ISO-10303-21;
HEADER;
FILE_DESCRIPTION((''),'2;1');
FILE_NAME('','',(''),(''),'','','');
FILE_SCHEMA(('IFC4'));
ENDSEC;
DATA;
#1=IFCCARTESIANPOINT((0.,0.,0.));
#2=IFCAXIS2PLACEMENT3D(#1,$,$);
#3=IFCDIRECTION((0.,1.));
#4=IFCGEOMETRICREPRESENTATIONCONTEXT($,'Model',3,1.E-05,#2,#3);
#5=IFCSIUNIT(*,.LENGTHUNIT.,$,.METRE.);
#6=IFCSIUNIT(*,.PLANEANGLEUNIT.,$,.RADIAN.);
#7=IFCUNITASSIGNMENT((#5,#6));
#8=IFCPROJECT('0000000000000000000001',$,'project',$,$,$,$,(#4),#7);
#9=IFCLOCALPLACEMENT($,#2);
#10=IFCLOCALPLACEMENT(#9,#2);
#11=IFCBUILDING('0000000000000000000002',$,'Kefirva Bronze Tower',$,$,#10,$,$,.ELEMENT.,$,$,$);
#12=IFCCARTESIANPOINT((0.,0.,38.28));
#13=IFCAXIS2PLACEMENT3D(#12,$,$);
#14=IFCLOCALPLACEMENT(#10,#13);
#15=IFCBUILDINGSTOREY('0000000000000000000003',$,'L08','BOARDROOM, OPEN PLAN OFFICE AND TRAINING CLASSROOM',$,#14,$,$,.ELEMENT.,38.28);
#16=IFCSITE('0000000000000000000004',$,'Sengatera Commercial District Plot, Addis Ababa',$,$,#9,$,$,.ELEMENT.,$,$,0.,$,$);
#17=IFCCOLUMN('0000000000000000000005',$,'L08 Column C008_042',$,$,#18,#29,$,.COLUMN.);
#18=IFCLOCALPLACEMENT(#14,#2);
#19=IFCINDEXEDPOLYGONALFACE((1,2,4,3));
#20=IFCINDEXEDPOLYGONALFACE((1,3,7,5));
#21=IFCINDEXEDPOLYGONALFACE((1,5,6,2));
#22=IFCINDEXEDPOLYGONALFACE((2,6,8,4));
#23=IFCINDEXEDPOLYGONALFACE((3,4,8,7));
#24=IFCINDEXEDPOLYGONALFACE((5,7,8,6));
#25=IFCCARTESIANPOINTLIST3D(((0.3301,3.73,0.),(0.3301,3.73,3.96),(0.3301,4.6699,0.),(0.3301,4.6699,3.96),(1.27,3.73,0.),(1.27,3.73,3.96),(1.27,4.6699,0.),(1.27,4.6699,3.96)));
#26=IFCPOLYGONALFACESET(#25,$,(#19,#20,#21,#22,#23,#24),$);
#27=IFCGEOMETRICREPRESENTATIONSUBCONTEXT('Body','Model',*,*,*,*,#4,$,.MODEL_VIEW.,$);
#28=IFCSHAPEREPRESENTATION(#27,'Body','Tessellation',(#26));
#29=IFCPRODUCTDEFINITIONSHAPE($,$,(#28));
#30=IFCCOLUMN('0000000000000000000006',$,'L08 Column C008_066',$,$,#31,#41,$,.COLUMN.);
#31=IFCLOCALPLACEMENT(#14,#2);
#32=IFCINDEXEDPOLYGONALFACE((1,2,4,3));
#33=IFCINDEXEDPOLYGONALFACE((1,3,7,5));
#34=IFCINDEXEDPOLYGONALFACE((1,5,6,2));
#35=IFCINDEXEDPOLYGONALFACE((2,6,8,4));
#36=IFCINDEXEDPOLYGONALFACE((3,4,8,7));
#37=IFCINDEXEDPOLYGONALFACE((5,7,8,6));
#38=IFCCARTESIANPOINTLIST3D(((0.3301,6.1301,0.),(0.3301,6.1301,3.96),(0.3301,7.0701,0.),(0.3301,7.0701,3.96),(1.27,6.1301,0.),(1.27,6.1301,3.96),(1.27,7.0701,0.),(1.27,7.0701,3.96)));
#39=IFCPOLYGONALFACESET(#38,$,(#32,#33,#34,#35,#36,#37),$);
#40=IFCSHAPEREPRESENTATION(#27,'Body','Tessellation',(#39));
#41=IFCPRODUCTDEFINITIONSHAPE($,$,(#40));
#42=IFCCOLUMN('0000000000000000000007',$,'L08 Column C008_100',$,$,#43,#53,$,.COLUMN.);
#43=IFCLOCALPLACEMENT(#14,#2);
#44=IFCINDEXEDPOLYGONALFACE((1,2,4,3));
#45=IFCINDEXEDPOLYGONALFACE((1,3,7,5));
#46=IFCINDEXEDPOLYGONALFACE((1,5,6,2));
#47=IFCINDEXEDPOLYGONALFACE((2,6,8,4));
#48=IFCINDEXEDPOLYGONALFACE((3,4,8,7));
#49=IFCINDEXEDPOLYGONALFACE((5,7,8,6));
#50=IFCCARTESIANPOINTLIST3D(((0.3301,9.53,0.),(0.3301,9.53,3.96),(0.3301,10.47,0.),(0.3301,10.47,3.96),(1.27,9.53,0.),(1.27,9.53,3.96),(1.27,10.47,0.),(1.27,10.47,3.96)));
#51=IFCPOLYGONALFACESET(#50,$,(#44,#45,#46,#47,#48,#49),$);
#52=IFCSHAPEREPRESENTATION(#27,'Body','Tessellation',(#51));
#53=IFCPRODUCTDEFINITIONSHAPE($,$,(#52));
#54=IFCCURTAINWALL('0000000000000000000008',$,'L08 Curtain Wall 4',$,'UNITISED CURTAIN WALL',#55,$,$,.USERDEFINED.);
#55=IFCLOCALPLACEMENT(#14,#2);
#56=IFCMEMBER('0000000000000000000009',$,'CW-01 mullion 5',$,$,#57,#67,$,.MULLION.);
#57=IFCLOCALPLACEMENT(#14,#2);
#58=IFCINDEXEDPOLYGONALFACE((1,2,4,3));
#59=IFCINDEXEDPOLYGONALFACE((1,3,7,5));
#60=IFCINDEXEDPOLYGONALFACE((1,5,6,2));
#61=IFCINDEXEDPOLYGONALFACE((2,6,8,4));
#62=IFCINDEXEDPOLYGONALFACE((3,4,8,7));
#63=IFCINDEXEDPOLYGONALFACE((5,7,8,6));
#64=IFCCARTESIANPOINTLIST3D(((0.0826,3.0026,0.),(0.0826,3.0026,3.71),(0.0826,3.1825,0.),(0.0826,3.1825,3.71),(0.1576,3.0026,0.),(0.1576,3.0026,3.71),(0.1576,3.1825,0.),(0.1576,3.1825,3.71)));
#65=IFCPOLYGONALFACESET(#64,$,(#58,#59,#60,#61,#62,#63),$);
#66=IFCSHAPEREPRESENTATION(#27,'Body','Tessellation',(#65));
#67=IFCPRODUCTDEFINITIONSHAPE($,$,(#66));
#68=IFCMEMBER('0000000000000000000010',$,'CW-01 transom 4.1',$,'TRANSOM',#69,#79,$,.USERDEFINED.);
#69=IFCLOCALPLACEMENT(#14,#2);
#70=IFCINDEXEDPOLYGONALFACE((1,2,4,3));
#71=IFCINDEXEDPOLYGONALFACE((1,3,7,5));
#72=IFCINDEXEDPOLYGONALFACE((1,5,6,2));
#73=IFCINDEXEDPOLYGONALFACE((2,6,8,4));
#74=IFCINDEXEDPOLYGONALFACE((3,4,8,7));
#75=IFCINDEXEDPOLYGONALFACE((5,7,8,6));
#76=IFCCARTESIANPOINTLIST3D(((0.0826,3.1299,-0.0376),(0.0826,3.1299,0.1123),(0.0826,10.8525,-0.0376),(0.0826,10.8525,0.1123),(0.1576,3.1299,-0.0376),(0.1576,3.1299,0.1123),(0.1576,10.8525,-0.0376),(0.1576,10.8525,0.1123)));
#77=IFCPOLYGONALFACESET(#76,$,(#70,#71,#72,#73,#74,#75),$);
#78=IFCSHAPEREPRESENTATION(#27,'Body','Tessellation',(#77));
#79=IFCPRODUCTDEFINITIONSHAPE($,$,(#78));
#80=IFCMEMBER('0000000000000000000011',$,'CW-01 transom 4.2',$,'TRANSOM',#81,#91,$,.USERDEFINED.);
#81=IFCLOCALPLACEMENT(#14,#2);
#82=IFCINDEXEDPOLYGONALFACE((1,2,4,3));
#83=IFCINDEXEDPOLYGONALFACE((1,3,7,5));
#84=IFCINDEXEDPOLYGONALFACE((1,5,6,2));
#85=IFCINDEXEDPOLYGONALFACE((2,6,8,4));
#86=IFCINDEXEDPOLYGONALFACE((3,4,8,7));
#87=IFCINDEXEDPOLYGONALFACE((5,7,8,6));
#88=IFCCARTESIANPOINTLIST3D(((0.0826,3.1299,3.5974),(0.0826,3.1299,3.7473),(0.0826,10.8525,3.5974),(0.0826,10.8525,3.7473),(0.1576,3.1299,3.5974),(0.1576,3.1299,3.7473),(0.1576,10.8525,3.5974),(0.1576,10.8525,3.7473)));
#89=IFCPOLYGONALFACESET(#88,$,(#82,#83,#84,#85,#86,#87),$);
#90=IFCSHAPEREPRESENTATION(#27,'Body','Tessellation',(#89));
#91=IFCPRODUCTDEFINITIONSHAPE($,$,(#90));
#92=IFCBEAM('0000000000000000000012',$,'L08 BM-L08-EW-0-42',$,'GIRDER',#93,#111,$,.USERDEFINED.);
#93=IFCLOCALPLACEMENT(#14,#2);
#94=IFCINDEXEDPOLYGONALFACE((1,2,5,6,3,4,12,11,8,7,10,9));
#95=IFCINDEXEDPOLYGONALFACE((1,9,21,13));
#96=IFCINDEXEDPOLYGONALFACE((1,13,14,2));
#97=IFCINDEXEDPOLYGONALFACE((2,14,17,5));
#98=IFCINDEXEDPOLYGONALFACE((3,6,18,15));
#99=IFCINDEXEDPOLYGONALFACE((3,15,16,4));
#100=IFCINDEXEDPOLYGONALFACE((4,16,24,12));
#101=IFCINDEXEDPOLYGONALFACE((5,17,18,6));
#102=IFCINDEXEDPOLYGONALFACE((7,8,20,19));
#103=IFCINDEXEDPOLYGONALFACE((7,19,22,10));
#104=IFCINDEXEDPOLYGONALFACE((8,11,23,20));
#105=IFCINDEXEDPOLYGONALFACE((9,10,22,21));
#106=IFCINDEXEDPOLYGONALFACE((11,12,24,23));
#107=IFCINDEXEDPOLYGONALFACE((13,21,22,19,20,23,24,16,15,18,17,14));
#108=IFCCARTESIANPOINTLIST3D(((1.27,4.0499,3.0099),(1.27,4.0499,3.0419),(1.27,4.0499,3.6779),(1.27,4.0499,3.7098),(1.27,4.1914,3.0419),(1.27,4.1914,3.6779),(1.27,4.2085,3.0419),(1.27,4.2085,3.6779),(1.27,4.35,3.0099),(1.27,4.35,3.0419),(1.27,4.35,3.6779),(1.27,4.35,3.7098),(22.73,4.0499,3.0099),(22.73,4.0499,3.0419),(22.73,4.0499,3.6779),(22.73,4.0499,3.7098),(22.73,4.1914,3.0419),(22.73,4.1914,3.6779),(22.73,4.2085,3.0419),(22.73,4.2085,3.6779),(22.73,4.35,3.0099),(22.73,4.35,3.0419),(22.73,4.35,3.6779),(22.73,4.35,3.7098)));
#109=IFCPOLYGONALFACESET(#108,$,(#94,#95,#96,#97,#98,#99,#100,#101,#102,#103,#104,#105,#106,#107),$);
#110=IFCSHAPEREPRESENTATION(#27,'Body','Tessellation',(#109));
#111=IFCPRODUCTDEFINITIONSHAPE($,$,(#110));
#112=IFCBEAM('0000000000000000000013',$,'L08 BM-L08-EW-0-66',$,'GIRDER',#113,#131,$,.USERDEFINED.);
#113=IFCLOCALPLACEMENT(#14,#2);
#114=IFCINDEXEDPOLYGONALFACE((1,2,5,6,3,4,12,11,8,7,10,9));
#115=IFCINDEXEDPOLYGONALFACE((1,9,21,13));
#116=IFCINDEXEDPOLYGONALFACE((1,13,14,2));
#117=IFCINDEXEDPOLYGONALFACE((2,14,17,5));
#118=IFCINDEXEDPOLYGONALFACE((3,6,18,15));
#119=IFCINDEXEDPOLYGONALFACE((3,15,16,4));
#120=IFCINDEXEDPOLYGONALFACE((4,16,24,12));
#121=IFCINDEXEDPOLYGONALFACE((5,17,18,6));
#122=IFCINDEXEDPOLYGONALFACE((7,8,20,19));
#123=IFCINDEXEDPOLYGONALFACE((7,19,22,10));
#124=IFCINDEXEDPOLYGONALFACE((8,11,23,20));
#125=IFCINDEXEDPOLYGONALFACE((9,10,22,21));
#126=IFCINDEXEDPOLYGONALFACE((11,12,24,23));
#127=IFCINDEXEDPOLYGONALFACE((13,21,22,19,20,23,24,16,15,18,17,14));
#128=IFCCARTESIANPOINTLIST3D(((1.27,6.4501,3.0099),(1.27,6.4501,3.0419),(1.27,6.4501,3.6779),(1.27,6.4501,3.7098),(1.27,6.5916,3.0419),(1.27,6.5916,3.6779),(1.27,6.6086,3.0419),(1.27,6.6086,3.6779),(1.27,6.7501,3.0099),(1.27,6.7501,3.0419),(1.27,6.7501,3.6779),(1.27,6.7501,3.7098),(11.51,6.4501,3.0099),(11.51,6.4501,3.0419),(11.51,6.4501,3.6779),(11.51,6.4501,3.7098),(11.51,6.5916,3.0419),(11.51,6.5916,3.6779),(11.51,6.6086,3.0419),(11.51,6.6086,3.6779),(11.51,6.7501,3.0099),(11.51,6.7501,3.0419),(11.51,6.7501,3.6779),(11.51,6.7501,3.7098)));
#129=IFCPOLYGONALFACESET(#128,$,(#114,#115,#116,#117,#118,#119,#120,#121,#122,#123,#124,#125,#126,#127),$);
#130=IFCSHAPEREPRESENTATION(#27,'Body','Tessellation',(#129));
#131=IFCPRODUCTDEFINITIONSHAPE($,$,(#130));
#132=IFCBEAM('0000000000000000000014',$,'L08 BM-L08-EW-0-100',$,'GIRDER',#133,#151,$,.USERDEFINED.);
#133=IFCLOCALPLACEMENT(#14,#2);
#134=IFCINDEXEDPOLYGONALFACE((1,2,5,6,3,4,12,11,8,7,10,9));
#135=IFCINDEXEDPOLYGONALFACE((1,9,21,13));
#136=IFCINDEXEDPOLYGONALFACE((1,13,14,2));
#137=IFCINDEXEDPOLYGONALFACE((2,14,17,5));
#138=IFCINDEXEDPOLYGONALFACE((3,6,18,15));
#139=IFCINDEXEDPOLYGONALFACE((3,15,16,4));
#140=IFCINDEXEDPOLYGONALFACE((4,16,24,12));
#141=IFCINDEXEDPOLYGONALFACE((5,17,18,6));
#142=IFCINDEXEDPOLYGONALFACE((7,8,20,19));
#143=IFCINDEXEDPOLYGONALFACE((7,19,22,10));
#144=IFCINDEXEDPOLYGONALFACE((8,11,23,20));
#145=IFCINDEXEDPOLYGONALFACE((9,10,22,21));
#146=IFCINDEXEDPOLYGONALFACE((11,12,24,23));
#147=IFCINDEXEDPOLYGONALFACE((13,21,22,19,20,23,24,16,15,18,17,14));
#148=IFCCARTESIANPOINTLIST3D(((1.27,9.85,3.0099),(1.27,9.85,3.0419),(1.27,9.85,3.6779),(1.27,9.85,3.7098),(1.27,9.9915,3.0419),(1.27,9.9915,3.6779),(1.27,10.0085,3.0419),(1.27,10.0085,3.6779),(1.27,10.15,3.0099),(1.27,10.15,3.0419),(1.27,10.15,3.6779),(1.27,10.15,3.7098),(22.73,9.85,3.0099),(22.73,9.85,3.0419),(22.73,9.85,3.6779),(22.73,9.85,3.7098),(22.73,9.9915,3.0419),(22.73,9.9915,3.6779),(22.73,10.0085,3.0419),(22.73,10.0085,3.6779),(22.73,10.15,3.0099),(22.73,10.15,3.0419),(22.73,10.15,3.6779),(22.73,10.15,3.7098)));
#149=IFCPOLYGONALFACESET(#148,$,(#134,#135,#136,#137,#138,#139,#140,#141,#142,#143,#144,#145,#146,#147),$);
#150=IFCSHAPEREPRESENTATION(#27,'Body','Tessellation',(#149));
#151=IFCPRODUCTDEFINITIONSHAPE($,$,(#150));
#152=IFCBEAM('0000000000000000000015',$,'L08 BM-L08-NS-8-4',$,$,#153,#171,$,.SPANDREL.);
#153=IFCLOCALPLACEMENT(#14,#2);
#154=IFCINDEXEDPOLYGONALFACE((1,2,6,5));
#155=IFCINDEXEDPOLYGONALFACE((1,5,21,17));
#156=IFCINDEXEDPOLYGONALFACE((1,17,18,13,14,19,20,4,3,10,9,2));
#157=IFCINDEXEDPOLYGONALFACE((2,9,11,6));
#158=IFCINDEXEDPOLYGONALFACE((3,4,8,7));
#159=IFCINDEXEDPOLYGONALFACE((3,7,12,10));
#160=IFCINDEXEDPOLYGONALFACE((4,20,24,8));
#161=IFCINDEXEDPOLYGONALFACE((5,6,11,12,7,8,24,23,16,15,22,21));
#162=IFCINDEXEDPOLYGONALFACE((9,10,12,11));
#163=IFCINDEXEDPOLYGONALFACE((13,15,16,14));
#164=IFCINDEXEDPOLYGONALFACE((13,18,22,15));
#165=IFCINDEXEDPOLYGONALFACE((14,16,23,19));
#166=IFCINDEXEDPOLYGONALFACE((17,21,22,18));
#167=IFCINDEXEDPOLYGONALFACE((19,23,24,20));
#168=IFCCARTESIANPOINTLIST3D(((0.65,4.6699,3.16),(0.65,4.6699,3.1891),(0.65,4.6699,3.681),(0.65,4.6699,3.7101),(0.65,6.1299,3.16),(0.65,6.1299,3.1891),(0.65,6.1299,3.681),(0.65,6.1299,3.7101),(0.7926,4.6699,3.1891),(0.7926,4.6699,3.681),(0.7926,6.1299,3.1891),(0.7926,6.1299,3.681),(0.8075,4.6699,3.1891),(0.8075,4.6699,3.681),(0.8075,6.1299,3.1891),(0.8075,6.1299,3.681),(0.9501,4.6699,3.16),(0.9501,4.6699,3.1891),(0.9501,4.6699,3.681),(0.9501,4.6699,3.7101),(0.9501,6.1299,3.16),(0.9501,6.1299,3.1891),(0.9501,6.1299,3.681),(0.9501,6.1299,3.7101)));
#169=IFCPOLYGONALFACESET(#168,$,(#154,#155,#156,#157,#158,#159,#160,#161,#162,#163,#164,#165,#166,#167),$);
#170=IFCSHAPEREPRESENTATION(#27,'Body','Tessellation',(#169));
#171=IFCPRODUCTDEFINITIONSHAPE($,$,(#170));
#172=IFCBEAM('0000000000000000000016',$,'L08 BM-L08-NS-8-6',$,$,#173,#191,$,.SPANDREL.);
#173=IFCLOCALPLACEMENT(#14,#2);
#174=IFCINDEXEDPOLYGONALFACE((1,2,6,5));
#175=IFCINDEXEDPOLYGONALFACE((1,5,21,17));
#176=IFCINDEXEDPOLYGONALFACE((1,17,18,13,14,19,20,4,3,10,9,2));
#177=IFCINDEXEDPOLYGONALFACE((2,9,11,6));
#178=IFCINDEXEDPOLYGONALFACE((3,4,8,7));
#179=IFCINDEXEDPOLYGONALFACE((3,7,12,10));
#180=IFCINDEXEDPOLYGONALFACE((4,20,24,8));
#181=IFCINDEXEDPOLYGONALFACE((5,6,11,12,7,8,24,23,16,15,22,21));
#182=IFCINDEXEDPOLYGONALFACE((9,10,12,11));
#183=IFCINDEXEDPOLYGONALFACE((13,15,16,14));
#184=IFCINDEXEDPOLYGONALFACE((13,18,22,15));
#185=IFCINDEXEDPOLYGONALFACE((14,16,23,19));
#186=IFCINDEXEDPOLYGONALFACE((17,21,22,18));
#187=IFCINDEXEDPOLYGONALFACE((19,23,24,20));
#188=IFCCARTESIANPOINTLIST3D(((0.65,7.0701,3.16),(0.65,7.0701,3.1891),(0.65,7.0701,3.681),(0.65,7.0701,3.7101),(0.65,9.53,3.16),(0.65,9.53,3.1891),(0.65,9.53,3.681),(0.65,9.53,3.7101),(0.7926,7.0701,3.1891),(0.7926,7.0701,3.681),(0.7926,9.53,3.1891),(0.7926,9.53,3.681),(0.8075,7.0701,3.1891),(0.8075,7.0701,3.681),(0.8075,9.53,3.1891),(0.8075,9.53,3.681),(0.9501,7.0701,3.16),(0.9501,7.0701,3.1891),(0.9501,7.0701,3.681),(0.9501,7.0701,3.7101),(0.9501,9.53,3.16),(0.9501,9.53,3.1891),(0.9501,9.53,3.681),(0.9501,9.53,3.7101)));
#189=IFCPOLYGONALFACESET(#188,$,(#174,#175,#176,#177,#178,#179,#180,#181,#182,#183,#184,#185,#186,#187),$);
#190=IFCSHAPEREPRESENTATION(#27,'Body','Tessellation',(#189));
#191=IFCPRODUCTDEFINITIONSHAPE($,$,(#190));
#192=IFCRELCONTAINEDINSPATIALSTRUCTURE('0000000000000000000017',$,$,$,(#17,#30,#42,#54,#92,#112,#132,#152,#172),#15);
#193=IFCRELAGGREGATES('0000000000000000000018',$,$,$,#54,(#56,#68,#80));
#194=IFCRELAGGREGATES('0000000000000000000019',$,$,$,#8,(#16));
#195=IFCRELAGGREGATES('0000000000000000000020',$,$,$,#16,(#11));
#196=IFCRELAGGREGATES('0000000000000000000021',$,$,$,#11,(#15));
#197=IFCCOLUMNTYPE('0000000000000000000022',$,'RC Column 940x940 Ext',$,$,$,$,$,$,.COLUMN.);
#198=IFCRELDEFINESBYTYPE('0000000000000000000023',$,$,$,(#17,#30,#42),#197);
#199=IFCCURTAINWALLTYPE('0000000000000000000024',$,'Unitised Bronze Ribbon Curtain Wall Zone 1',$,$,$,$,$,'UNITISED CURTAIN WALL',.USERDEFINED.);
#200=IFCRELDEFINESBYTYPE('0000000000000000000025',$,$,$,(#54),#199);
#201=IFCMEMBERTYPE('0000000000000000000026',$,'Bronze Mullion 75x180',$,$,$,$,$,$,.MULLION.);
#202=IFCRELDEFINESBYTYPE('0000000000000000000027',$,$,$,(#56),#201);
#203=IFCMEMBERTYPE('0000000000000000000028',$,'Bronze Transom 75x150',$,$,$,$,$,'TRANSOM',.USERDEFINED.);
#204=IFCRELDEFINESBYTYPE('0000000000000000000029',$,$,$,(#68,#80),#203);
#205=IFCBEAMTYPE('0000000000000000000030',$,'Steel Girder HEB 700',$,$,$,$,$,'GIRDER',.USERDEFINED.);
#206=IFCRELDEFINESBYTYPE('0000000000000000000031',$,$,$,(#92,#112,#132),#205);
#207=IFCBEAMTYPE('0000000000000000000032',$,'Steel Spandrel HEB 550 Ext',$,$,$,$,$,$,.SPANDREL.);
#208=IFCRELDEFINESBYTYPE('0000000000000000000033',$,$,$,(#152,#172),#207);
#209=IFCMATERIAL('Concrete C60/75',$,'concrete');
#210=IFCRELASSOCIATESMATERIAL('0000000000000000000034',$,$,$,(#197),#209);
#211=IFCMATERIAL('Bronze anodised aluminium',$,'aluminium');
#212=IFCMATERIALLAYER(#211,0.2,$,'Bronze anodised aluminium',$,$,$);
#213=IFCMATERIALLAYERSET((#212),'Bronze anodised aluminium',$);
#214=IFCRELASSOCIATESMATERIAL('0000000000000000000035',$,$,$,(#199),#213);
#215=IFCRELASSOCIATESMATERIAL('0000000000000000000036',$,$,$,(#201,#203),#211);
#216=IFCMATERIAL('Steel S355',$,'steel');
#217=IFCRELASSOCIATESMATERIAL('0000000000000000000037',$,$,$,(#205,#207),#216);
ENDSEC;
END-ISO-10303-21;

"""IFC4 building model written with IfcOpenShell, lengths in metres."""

from ifc_helpers import new_model, si_unit, direction, frame, origin, origin_2d, place, context, subcontext, project, spatial, rectangle, i_section, extrude, material, layer, layer_set, material_profile, profile_set, type_object, element, aggregate, save


model = new_model("IFC4")

# Units and contexts
model_context = context("Model", 3, precision=1e-05, world=origin(), true_north=direction((0.0, 1.0)))
body_context = subcontext(model_context, "Body", "Model", "MODEL_VIEW")
ifc_project = project(units=[si_unit("LENGTHUNIT", "METRE"), si_unit("PLANEANGLEUNIT", "RADIAN")], contexts=[model_context])

# Site, building, storey
site_placement = place(None, origin())
site = spatial("IfcSite", under=ifc_project, at=site_placement, Name="Sengatera Commercial District Plot, Addis Ababa", CompositionType="ELEMENT", RefElevation=0.0)
building_placement = place(site_placement, origin())
building = spatial("IfcBuilding", under=site, at=building_placement, Name="Kefirva Bronze Tower", CompositionType="ELEMENT")
storey_placement = place(building_placement, frame((0.0, 0.0, 38.28)))
storey = spatial("IfcBuildingStorey", under=building, at=storey_placement, Name="L08", Description="BOARDROOM, OPEN PLAN OFFICE AND TRAINING CLASSROOM", CompositionType="ELEMENT", Elevation=38.28)

# Columns
ifc_material_1 = material(Name="Concrete C60/75", Category="concrete")
ifc_material_profile_1 = material_profile(ifc_material_1, rectangle(XDim=0.9399, YDim=0.9399, at=origin_2d()), Name="RC 940x940")
ifc_profile_set_1 = profile_set([ifc_material_profile_1], Name="Concrete C60/75")
column_type = type_object("IfcColumnType", Name="RC Column 940x940 Ext", PredefinedType="COLUMN", material=ifc_profile_set_1)
for number, where, z_axis, x_axis, name in (
    (1, (0.8, 4.2, 0.0), (0.0, 0.0, 1.0), (1.0, 0.0, 0.0), "L08 Column C008_042"),
    (2, (0.8, 6.6001, 0.0), (0.0, 0.0, 1.0), (1.0, 0.0, 0.0), "L08 Column C008_066"),
    (3, (0.8, 10.0, 0.0), (0.0, 0.0, 1.0), (1.0, 0.0, 0.0), "L08 Column C008_100"),
):
    element("IfcColumn", number, at=place(storey_placement, frame(where, z_axis=z_axis, x_axis=x_axis)), inside=storey, type_object=column_type, Name=name, PredefinedType="COLUMN", context=body_context, shape_type="SweptSolid", body=[
        extrude(rectangle(XDim=0.9399, YDim=0.9399, at=origin_2d()), origin(), (0.0, 0.0, 1.0), 3.96),
    ])

# Curtain wall, members
ifc_material_2 = material(Name="Bronze anodised aluminium", Category="aluminium")
ifc_layer_1 = layer(ifc_material_2, 0.2, Name="Bronze anodised aluminium")
ifc_layer_set_1 = layer_set([ifc_layer_1], Name="Bronze anodised aluminium")
curtain_wall_type = type_object("IfcCurtainWallType", Name="Unitised Bronze Ribbon Curtain Wall Zone 1", ElementType="UNITISED CURTAIN WALL", PredefinedType="USERDEFINED", material=ifc_layer_set_1)
curtain_wall_placement = place(storey_placement, origin())
curtain_wall = element("IfcCurtainWall", 4, at=curtain_wall_placement, inside=storey, type_object=curtain_wall_type, Name="L08 Curtain Wall 4", ObjectType="UNITISED CURTAIN WALL", PredefinedType="USERDEFINED")
ifc_material_profile_2 = material_profile(ifc_material_2, rectangle(XDim=0.075, YDim=0.1799, at=origin_2d()), Name="ALU 75x180")
ifc_profile_set_2 = profile_set([ifc_material_profile_2], Name="Bronze anodised aluminium")
member_type_1 = type_object("IfcMemberType", Name="Bronze Mullion 75x180", PredefinedType="MULLION", material=ifc_profile_set_2)
member_1_placement = place(storey_placement, frame((0.1201, 3.0925, 0.0), z_axis=(0.0, 0.0, 1.0), x_axis=(1.0, 0.0, 0.0)))
member_1 = element("IfcMember", 5, at=member_1_placement, type_object=member_type_1, Name="CW-01 mullion 5", PredefinedType="MULLION", context=body_context, shape_type="SweptSolid", body=[
    extrude(rectangle(XDim=0.075, YDim=0.1799, at=origin_2d()), origin(), (0.0, 0.0, 1.0), 3.71),
])
ifc_material_profile_3 = material_profile(ifc_material_2, rectangle(XDim=0.075, YDim=0.1499, at=origin_2d()), Name="ALU 75x150")
ifc_profile_set_3 = profile_set([ifc_material_profile_3], Name="Bronze anodised aluminium")
member_type_2 = type_object("IfcMemberType", Name="Bronze Transom 75x150", ElementType="TRANSOM", PredefinedType="USERDEFINED", material=ifc_profile_set_3)
member_2_placement = place(storey_placement, frame((0.1201, 10.8525, 0.0374), z_axis=(0.0, -1.0, 0.0), x_axis=(1.0, 0.0, 0.0)))
member_2 = element("IfcMember", 6, at=member_2_placement, type_object=member_type_2, Name="CW-01 transom 4.1", ObjectType="TRANSOM", PredefinedType="USERDEFINED", context=body_context, shape_type="SweptSolid", body=[
    extrude(rectangle(XDim=0.075, YDim=0.1499, at=origin_2d()), origin(), (0.0, 0.0, 1.0), 7.7227),
])
member_3_placement = place(storey_placement, frame((0.1201, 10.8525, 3.6724), z_axis=(0.0, -1.0, 0.0), x_axis=(1.0, 0.0, 0.0)))
member_3 = element("IfcMember", 7, at=member_3_placement, type_object=member_type_2, Name="CW-01 transom 4.2", ObjectType="TRANSOM", PredefinedType="USERDEFINED", context=body_context, shape_type="SweptSolid", body=[
    extrude(rectangle(XDim=0.075, YDim=0.1499, at=origin_2d()), origin(), (0.0, 0.0, 1.0), 7.7227),
])

# Beams
ifc_material_3 = material(Name="Steel S355", Category="steel")
ifc_material_profile_4 = material_profile(ifc_material_3, i_section(OverallWidth=0.3, OverallDepth=0.7, WebThickness=0.0171, FlangeThickness=0.032, at=origin_2d()), Name="HEB 700")
ifc_profile_set_4 = profile_set([ifc_material_profile_4], Name="Steel S355")
beam_type_1 = type_object("IfcBeamType", Name="Steel Girder HEB 700", ElementType="GIRDER", PredefinedType="USERDEFINED", material=ifc_profile_set_4)
beam_1_placement = place(storey_placement, frame((1.27, 4.2, 3.3599), z_axis=(1.0, 0.0, 0.0), x_axis=(0.0, 1.0, 0.0)))
element("IfcBeam", 8, at=beam_1_placement, inside=storey, type_object=beam_type_1, Name="L08 BM-L08-EW-0-42", ObjectType="GIRDER", PredefinedType="USERDEFINED", context=body_context, shape_type="SweptSolid", body=[
    extrude(i_section(OverallWidth=0.3, OverallDepth=0.7, WebThickness=0.0171, FlangeThickness=0.032, at=origin_2d()), origin(), (0.0, 0.0, 1.0), 21.46),
])
beam_2_placement = place(storey_placement, frame((1.27, 6.6001, 3.3599), z_axis=(1.0, 0.0, 0.0), x_axis=(0.0, 1.0, 0.0)))
element("IfcBeam", 9, at=beam_2_placement, inside=storey, type_object=beam_type_1, Name="L08 BM-L08-EW-0-66", ObjectType="GIRDER", PredefinedType="USERDEFINED", context=body_context, shape_type="SweptSolid", body=[
    extrude(i_section(OverallWidth=0.3, OverallDepth=0.7, WebThickness=0.0171, FlangeThickness=0.032, at=origin_2d()), origin(), (0.0, 0.0, 1.0), 10.24),
])
beam_3_placement = place(storey_placement, frame((1.27, 10.0, 3.3599), z_axis=(1.0, 0.0, 0.0), x_axis=(0.0, 1.0, 0.0)))
element("IfcBeam", 10, at=beam_3_placement, inside=storey, type_object=beam_type_1, Name="L08 BM-L08-EW-0-100", ObjectType="GIRDER", PredefinedType="USERDEFINED", context=body_context, shape_type="SweptSolid", body=[
    extrude(i_section(OverallWidth=0.3, OverallDepth=0.7, WebThickness=0.0171, FlangeThickness=0.032, at=origin_2d()), origin(), (0.0, 0.0, 1.0), 21.46),
])
ifc_material_profile_5 = material_profile(ifc_material_3, i_section(OverallWidth=0.3, OverallDepth=0.55, WebThickness=0.0149, FlangeThickness=0.0291, at=origin_2d()), Name="HEB 550")
ifc_profile_set_5 = profile_set([ifc_material_profile_5], Name="Steel S355")
beam_type_2 = type_object("IfcBeamType", Name="Steel Spandrel HEB 550 Ext", PredefinedType="SPANDREL", material=ifc_profile_set_5)
beam_4_placement = place(storey_placement, frame((0.8, 4.6699, 3.4351), z_axis=(0.0, 1.0, 0.0), x_axis=(-1.0, 0.0, 0.0)))
element("IfcBeam", 11, at=beam_4_placement, inside=storey, type_object=beam_type_2, Name="L08 BM-L08-NS-8-4", PredefinedType="SPANDREL", context=body_context, shape_type="SweptSolid", body=[
    extrude(i_section(OverallWidth=0.3, OverallDepth=0.55, WebThickness=0.0149, FlangeThickness=0.0291, at=origin_2d()), origin(), (0.0, 0.0, 1.0), 1.46),
])
beam_5_placement = place(storey_placement, frame((0.8, 7.0701, 3.4351), z_axis=(0.0, 1.0, 0.0), x_axis=(-1.0, 0.0, 0.0)))
element("IfcBeam", 12, at=beam_5_placement, inside=storey, type_object=beam_type_2, Name="L08 BM-L08-NS-8-6", PredefinedType="SPANDREL", context=body_context, shape_type="SweptSolid", body=[
    extrude(i_section(OverallWidth=0.3, OverallDepth=0.55, WebThickness=0.0149, FlangeThickness=0.0291, at=origin_2d()), origin(), (0.0, 0.0, 1.0), 2.46),
])

aggregate(curtain_wall, [member_1, member_2, member_3])

save(model, "model.ifc")
